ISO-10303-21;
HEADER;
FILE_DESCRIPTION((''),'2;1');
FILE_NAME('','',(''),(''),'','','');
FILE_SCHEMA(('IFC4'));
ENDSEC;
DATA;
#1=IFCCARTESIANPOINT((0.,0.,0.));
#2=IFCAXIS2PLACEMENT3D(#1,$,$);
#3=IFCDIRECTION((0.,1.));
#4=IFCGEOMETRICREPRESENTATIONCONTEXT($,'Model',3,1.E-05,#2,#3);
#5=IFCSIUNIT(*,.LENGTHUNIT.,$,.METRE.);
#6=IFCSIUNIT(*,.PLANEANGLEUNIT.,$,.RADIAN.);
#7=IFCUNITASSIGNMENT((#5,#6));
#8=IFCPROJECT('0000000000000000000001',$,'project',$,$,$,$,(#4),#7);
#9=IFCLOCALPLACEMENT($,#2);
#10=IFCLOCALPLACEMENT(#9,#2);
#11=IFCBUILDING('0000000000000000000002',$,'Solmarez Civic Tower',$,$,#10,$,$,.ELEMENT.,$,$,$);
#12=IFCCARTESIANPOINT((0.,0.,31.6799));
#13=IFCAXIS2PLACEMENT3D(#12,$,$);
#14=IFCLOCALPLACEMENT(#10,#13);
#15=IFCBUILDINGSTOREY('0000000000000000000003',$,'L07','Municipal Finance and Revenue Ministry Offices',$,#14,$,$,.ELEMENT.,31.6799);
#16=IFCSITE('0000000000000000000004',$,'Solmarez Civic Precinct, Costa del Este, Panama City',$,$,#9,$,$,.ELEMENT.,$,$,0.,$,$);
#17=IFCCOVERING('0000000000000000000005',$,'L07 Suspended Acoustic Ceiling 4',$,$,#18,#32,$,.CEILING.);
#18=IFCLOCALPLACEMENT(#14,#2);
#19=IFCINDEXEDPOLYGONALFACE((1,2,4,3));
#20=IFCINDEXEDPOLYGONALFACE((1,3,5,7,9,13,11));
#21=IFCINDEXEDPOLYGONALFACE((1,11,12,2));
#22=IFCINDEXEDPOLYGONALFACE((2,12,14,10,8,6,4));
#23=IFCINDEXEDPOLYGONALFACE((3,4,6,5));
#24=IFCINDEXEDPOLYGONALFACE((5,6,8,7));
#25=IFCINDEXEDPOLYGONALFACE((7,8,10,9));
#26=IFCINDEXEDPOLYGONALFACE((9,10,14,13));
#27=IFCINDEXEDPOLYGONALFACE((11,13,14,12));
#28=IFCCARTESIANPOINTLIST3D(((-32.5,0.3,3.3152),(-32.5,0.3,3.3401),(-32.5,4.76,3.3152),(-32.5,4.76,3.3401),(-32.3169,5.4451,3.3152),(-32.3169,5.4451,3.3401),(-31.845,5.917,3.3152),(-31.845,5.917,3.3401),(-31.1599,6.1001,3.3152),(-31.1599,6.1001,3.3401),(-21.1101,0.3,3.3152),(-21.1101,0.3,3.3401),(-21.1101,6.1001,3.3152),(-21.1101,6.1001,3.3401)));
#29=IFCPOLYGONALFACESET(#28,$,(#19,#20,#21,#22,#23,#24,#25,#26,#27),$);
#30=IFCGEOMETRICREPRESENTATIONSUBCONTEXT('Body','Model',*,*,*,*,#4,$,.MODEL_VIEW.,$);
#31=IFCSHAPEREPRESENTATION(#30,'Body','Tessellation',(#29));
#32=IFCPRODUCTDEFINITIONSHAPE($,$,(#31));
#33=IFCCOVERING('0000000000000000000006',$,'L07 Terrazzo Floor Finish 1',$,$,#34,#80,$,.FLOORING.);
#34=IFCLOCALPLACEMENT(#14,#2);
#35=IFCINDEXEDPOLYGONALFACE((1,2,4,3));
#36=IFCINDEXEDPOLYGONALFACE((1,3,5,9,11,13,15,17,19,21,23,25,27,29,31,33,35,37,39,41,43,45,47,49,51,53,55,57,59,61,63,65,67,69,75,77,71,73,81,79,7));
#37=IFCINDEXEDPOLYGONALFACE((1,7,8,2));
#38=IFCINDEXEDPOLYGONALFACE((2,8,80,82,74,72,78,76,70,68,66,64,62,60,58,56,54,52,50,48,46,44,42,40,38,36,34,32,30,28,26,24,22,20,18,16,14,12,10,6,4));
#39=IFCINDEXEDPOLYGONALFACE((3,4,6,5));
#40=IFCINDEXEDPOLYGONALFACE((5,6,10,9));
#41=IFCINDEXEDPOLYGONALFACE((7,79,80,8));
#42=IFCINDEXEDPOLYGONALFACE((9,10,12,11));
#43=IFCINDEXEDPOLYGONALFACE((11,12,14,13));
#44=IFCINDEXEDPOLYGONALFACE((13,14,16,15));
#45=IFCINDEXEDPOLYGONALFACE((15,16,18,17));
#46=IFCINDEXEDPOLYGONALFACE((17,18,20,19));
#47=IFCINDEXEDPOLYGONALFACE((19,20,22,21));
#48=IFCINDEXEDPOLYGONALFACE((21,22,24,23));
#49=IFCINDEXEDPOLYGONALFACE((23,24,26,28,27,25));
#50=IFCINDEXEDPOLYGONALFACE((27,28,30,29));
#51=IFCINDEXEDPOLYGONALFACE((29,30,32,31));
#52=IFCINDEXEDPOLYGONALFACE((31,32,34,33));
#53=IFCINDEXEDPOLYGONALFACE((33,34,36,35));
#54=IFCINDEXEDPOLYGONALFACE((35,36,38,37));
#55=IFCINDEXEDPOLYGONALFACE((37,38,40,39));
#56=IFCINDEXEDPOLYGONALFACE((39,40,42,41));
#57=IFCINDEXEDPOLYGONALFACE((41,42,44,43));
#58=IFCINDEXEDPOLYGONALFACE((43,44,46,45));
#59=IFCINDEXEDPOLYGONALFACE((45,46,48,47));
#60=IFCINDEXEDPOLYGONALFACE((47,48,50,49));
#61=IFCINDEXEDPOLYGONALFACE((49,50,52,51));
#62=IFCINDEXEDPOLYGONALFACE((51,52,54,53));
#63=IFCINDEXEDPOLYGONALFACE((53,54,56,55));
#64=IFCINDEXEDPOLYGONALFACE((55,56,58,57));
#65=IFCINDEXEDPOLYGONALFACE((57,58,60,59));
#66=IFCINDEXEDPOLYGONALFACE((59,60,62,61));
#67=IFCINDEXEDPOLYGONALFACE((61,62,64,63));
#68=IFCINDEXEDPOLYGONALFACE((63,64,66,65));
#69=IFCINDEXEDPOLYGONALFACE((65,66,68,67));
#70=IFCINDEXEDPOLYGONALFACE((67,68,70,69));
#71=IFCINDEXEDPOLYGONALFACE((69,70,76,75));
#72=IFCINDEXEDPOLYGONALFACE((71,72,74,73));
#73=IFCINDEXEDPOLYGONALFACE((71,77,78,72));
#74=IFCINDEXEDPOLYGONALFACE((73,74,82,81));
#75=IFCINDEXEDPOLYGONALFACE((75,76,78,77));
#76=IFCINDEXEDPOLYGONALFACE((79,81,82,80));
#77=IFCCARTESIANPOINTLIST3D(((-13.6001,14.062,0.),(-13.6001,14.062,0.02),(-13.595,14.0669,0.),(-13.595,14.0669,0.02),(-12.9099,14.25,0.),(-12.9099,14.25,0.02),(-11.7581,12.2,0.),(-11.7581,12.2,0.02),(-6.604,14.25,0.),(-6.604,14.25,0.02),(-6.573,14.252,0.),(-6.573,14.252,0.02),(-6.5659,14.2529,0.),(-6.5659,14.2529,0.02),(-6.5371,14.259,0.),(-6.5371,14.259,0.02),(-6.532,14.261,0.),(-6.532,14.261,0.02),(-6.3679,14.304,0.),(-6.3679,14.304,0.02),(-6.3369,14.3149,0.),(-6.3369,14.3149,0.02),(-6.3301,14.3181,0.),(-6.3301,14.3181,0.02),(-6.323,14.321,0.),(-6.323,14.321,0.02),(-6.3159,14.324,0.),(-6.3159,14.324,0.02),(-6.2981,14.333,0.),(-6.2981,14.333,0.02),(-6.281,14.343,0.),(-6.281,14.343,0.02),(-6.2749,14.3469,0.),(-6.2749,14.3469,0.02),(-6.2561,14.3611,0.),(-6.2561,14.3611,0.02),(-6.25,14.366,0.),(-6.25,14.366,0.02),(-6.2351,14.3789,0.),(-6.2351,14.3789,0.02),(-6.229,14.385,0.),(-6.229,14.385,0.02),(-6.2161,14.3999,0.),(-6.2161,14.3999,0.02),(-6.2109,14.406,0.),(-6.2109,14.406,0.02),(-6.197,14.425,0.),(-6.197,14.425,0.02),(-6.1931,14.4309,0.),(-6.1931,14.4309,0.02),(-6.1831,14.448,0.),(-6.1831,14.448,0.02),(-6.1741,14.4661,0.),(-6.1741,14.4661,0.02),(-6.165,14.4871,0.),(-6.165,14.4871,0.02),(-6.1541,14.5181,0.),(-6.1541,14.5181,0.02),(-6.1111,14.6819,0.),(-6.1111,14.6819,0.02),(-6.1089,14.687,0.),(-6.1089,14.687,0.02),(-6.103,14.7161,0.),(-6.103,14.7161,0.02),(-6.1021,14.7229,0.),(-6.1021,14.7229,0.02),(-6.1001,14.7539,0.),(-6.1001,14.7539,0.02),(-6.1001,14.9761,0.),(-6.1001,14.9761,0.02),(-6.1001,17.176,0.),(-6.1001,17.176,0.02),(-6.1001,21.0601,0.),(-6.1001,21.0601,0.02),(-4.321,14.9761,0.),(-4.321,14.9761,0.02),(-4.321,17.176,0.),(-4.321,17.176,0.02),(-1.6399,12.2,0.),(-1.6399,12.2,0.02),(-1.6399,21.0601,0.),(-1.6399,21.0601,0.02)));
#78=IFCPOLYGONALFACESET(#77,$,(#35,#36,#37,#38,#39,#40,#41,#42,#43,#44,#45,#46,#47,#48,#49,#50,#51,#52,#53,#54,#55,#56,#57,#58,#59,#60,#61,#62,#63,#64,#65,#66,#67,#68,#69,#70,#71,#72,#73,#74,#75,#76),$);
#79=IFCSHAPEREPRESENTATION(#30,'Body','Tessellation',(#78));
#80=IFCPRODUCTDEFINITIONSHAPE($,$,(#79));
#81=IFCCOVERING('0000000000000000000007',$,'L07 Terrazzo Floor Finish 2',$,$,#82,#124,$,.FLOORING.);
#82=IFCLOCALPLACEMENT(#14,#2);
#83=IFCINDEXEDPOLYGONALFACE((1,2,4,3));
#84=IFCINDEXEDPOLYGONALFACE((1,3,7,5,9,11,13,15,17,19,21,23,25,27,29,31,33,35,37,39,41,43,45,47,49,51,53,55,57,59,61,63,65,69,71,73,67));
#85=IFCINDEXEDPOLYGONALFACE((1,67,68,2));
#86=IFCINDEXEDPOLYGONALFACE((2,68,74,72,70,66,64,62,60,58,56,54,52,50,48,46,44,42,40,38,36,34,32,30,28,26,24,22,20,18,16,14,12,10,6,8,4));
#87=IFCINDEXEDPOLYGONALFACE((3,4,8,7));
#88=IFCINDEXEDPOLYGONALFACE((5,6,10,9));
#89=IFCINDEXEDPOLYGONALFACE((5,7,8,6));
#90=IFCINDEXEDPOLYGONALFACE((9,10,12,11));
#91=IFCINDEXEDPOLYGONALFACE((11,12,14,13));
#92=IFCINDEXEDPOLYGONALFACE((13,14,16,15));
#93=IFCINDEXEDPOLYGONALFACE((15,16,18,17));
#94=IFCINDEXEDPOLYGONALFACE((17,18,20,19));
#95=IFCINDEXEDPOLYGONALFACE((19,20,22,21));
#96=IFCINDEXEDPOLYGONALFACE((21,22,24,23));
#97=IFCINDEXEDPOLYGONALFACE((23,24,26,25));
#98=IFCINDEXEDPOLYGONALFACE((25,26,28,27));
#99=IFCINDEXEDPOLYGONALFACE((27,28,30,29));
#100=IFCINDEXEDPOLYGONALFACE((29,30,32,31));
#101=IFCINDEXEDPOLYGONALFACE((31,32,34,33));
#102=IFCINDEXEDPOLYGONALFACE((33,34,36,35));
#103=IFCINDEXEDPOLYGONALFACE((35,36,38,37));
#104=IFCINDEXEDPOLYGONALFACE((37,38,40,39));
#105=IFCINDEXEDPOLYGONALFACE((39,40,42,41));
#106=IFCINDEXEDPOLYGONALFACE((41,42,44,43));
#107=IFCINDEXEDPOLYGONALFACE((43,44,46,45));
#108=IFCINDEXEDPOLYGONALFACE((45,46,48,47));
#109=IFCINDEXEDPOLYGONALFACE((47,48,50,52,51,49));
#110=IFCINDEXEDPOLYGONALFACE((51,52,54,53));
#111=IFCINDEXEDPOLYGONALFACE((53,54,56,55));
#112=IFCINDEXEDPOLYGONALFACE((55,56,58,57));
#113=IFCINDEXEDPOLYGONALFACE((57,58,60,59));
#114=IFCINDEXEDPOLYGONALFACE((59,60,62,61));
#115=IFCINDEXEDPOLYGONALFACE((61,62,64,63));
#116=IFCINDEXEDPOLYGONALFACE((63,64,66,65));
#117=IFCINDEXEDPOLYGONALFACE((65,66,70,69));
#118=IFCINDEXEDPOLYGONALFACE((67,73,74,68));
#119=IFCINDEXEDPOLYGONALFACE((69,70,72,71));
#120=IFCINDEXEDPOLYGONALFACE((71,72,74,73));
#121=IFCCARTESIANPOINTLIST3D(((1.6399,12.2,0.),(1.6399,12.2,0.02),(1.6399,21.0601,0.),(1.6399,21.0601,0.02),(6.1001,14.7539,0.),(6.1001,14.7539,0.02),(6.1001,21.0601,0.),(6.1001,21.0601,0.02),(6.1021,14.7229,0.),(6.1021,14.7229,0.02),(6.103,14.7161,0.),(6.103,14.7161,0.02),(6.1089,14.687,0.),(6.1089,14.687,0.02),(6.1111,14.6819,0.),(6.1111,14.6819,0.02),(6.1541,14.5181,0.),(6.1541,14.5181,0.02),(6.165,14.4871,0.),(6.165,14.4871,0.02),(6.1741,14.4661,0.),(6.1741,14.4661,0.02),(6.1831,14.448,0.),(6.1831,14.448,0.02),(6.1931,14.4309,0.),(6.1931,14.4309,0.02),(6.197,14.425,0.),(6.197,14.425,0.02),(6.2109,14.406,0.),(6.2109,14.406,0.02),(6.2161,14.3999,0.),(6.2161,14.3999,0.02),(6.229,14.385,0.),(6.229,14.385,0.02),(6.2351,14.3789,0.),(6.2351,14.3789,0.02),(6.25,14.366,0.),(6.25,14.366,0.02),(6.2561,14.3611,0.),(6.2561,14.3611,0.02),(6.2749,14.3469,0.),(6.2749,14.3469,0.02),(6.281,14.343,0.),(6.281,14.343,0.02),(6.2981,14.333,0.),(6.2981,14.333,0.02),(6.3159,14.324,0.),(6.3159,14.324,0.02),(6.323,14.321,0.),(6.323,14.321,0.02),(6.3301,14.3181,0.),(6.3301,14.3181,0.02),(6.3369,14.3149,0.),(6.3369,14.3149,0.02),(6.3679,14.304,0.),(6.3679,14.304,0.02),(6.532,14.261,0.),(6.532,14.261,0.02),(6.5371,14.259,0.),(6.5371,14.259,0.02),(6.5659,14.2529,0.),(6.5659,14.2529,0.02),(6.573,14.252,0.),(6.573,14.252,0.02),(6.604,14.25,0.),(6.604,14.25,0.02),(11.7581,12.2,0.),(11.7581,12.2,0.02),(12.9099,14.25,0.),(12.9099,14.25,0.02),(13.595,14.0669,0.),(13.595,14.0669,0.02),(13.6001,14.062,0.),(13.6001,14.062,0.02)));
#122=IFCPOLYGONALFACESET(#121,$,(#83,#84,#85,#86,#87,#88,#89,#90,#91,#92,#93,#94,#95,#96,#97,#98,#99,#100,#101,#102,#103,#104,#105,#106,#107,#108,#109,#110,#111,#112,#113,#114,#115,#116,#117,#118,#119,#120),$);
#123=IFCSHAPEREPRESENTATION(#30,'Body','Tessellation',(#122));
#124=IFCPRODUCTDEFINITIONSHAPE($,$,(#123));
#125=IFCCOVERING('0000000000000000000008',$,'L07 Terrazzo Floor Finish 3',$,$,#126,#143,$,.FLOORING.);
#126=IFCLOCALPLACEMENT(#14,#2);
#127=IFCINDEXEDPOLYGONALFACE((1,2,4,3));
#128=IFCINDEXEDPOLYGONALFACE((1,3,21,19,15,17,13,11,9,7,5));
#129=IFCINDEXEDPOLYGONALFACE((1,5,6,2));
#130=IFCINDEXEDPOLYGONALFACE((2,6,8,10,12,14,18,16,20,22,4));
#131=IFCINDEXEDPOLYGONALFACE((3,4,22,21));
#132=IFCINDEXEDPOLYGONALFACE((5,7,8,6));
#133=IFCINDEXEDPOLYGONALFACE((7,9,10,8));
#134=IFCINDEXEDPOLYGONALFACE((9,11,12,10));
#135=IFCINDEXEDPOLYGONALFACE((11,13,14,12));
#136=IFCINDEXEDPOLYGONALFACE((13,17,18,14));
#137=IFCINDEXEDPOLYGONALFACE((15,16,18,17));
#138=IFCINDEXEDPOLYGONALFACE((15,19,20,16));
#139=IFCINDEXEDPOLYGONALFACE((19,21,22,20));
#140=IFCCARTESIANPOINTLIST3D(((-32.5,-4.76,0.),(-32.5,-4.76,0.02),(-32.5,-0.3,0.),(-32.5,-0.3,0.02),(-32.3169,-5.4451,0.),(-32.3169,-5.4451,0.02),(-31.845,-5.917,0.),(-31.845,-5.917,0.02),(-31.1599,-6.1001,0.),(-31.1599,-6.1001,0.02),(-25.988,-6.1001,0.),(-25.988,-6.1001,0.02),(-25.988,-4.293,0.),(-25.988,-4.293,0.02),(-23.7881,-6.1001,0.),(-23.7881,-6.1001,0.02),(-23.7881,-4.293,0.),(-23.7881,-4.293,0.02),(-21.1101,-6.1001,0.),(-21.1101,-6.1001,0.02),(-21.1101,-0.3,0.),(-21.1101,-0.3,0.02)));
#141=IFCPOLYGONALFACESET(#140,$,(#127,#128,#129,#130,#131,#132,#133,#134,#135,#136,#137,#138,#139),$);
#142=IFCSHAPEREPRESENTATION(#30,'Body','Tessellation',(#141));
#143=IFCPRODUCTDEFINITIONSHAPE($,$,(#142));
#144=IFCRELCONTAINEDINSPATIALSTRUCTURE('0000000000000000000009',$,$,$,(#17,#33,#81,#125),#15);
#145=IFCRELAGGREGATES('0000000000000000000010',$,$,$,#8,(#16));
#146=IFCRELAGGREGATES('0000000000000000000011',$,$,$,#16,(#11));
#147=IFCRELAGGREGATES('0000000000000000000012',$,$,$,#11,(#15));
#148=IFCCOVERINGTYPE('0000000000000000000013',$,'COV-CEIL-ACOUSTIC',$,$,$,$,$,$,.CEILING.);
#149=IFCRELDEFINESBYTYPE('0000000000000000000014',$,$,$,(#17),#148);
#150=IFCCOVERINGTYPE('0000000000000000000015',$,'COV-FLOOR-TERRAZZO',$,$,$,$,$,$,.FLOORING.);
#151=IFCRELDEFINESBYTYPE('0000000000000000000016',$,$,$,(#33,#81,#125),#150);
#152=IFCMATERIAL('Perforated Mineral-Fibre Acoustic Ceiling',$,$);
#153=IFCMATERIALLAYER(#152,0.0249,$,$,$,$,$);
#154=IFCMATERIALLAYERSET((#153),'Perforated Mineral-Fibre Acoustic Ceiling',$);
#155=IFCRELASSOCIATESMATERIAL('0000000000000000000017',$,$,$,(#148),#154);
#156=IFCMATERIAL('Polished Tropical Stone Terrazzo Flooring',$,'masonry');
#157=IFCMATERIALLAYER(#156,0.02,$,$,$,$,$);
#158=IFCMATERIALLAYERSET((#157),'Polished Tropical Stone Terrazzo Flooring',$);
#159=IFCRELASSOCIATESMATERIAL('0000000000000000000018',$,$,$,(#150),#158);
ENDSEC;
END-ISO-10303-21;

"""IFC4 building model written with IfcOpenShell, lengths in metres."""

from ifc_helpers import new_model, si_unit, direction, frame, origin, place, context, subcontext, project, spatial, polyline, outline, extrude, material, layer, layer_set, type_object, element, save


model = new_model("IFC4")

# Units and contexts
model_context = context("Model", 3, precision=1e-05, world=origin(), true_north=direction((0.0, 1.0)))
body_context = subcontext(model_context, "Body", "Model", "MODEL_VIEW")
ifc_project = project(units=[si_unit("LENGTHUNIT", "METRE"), si_unit("PLANEANGLEUNIT", "RADIAN")], contexts=[model_context])

# Site, building, storey
site_placement = place(None, origin())
site = spatial("IfcSite", under=ifc_project, at=site_placement, Name="Solmarez Civic Precinct, Costa del Este, Panama City", CompositionType="ELEMENT", RefElevation=0.0)
building_placement = place(site_placement, origin())
building = spatial("IfcBuilding", under=site, at=building_placement, Name="Solmarez Civic Tower", CompositionType="ELEMENT")
storey_placement = place(building_placement, frame((0.0, 0.0, 31.6799)))
storey = spatial("IfcBuildingStorey", under=building, at=storey_placement, Name="L07", Description="Municipal Finance and Revenue Ministry Offices", CompositionType="ELEMENT", Elevation=31.6799)

# Coverings
ifc_material_1 = material(Name="Perforated Mineral-Fibre Acoustic Ceiling")
ifc_layer_1 = layer(ifc_material_1, 0.0249)
ifc_layer_set_1 = layer_set([ifc_layer_1], Name="Perforated Mineral-Fibre Acoustic Ceiling")
covering_type_1 = type_object("IfcCoveringType", Name="COV-CEIL-ACOUSTIC", PredefinedType="CEILING", material=ifc_layer_set_1)
covering_1_placement = place(storey_placement, frame((0.0, 0.0, 3.3152)))
element("IfcCovering", 1, at=covering_1_placement, inside=storey, type_object=covering_type_1, Name="L07 Suspended Acoustic Ceiling 4", PredefinedType="CEILING", context=body_context, shape_type="SweptSolid", body=[
    extrude(outline(polyline([(-21.1101, 6.1001), (-31.1599, 6.1001), (-31.845, 5.917), (-32.3169, 5.4451), (-32.5, 4.76), (-32.5, 0.3), (-21.1101, 0.3), (-21.1101, 6.1001)])), origin(), (0.0, 0.0, 1.0), 0.0249),
])
ifc_material_2 = material(Name="Polished Tropical Stone Terrazzo Flooring", Category="masonry")
ifc_layer_2 = layer(ifc_material_2, 0.02)
ifc_layer_set_2 = layer_set([ifc_layer_2], Name="Polished Tropical Stone Terrazzo Flooring")
covering_type_2 = type_object("IfcCoveringType", Name="COV-FLOOR-TERRAZZO", PredefinedType="FLOORING", material=ifc_layer_set_2)
covering_2_placement = place(storey_placement, origin())
element("IfcCovering", 2, at=covering_2_placement, inside=storey, type_object=covering_type_2, Name="L07 Terrazzo Floor Finish 1", PredefinedType="FLOORING", context=body_context, shape_type="SweptSolid", body=[
    extrude(outline(polyline([(-6.1001, 21.0601), (-6.1001, 17.176), (-4.321, 17.176), (-4.321, 14.9761), (-6.1001, 14.9761), (-6.1001, 14.7539), (-6.1021, 14.7229), (-6.103, 14.7161), (-6.1089, 14.687), (-6.1111, 14.6819), (-6.1541, 14.5181), (-6.165, 14.4871), (-6.1741, 14.4661), (-6.1831, 14.448), (-6.1931, 14.4309), (-6.197, 14.425), (-6.2109, 14.406), (-6.2161, 14.3999), (-6.229, 14.385), (-6.2351, 14.3789), (-6.25, 14.366), (-6.2561, 14.3611), (-6.2749, 14.3469), (-6.281, 14.343), (-6.2981, 14.333), (-6.3159, 14.324), (-6.323, 14.321), (-6.3301, 14.3181), (-6.3369, 14.3149), (-6.3679, 14.304), (-6.532, 14.261), (-6.5371, 14.259), (-6.5659, 14.2529), (-6.573, 14.252), (-6.604, 14.25), (-12.9099, 14.25), (-13.595, 14.0669), (-13.6001, 14.062), (-11.7581, 12.2), (-1.6399, 12.2), (-1.6399, 21.0601), (-6.1001, 21.0601)])), origin(), (0.0, 0.0, 1.0), 0.02),
])
covering_3_placement = place(storey_placement, origin())
element("IfcCovering", 3, at=covering_3_placement, inside=storey, type_object=covering_type_2, Name="L07 Terrazzo Floor Finish 2", PredefinedType="FLOORING", context=body_context, shape_type="SweptSolid", body=[
    extrude(outline(polyline([(1.6399, 12.2), (11.7581, 12.2), (13.6001, 14.062), (13.595, 14.0669), (12.9099, 14.25), (6.604, 14.25), (6.573, 14.252), (6.5659, 14.2529), (6.5371, 14.259), (6.532, 14.261), (6.3679, 14.304), (6.3369, 14.3149), (6.3301, 14.3181), (6.323, 14.321), (6.3159, 14.324), (6.2981, 14.333), (6.281, 14.343), (6.2749, 14.3469), (6.2561, 14.3611), (6.25, 14.366), (6.2351, 14.3789), (6.229, 14.385), (6.2161, 14.3999), (6.2109, 14.406), (6.197, 14.425), (6.1931, 14.4309), (6.1831, 14.448), (6.1741, 14.4661), (6.165, 14.4871), (6.1541, 14.5181), (6.1111, 14.6819), (6.1089, 14.687), (6.103, 14.7161), (6.1021, 14.7229), (6.1001, 14.7539), (6.1001, 21.0601), (1.6399, 21.0601), (1.6399, 12.2)])), origin(), (0.0, 0.0, 1.0), 0.02),
])
covering_4_placement = place(storey_placement, origin())
element("IfcCovering", 4, at=covering_4_placement, inside=storey, type_object=covering_type_2, Name="L07 Terrazzo Floor Finish 3", PredefinedType="FLOORING", context=body_context, shape_type="SweptSolid", body=[
    extrude(outline(polyline([(-32.5, -0.3), (-32.5, -4.76), (-32.3169, -5.4451), (-31.845, -5.917), (-31.1599, -6.1001), (-25.988, -6.1001), (-25.988, -4.293), (-23.7881, -4.293), (-23.7881, -6.1001), (-21.1101, -6.1001), (-21.1101, -0.3), (-32.5, -0.3)])), origin(), (0.0, 0.0, 1.0), 0.02),
])

save(model, "model.ifc")
